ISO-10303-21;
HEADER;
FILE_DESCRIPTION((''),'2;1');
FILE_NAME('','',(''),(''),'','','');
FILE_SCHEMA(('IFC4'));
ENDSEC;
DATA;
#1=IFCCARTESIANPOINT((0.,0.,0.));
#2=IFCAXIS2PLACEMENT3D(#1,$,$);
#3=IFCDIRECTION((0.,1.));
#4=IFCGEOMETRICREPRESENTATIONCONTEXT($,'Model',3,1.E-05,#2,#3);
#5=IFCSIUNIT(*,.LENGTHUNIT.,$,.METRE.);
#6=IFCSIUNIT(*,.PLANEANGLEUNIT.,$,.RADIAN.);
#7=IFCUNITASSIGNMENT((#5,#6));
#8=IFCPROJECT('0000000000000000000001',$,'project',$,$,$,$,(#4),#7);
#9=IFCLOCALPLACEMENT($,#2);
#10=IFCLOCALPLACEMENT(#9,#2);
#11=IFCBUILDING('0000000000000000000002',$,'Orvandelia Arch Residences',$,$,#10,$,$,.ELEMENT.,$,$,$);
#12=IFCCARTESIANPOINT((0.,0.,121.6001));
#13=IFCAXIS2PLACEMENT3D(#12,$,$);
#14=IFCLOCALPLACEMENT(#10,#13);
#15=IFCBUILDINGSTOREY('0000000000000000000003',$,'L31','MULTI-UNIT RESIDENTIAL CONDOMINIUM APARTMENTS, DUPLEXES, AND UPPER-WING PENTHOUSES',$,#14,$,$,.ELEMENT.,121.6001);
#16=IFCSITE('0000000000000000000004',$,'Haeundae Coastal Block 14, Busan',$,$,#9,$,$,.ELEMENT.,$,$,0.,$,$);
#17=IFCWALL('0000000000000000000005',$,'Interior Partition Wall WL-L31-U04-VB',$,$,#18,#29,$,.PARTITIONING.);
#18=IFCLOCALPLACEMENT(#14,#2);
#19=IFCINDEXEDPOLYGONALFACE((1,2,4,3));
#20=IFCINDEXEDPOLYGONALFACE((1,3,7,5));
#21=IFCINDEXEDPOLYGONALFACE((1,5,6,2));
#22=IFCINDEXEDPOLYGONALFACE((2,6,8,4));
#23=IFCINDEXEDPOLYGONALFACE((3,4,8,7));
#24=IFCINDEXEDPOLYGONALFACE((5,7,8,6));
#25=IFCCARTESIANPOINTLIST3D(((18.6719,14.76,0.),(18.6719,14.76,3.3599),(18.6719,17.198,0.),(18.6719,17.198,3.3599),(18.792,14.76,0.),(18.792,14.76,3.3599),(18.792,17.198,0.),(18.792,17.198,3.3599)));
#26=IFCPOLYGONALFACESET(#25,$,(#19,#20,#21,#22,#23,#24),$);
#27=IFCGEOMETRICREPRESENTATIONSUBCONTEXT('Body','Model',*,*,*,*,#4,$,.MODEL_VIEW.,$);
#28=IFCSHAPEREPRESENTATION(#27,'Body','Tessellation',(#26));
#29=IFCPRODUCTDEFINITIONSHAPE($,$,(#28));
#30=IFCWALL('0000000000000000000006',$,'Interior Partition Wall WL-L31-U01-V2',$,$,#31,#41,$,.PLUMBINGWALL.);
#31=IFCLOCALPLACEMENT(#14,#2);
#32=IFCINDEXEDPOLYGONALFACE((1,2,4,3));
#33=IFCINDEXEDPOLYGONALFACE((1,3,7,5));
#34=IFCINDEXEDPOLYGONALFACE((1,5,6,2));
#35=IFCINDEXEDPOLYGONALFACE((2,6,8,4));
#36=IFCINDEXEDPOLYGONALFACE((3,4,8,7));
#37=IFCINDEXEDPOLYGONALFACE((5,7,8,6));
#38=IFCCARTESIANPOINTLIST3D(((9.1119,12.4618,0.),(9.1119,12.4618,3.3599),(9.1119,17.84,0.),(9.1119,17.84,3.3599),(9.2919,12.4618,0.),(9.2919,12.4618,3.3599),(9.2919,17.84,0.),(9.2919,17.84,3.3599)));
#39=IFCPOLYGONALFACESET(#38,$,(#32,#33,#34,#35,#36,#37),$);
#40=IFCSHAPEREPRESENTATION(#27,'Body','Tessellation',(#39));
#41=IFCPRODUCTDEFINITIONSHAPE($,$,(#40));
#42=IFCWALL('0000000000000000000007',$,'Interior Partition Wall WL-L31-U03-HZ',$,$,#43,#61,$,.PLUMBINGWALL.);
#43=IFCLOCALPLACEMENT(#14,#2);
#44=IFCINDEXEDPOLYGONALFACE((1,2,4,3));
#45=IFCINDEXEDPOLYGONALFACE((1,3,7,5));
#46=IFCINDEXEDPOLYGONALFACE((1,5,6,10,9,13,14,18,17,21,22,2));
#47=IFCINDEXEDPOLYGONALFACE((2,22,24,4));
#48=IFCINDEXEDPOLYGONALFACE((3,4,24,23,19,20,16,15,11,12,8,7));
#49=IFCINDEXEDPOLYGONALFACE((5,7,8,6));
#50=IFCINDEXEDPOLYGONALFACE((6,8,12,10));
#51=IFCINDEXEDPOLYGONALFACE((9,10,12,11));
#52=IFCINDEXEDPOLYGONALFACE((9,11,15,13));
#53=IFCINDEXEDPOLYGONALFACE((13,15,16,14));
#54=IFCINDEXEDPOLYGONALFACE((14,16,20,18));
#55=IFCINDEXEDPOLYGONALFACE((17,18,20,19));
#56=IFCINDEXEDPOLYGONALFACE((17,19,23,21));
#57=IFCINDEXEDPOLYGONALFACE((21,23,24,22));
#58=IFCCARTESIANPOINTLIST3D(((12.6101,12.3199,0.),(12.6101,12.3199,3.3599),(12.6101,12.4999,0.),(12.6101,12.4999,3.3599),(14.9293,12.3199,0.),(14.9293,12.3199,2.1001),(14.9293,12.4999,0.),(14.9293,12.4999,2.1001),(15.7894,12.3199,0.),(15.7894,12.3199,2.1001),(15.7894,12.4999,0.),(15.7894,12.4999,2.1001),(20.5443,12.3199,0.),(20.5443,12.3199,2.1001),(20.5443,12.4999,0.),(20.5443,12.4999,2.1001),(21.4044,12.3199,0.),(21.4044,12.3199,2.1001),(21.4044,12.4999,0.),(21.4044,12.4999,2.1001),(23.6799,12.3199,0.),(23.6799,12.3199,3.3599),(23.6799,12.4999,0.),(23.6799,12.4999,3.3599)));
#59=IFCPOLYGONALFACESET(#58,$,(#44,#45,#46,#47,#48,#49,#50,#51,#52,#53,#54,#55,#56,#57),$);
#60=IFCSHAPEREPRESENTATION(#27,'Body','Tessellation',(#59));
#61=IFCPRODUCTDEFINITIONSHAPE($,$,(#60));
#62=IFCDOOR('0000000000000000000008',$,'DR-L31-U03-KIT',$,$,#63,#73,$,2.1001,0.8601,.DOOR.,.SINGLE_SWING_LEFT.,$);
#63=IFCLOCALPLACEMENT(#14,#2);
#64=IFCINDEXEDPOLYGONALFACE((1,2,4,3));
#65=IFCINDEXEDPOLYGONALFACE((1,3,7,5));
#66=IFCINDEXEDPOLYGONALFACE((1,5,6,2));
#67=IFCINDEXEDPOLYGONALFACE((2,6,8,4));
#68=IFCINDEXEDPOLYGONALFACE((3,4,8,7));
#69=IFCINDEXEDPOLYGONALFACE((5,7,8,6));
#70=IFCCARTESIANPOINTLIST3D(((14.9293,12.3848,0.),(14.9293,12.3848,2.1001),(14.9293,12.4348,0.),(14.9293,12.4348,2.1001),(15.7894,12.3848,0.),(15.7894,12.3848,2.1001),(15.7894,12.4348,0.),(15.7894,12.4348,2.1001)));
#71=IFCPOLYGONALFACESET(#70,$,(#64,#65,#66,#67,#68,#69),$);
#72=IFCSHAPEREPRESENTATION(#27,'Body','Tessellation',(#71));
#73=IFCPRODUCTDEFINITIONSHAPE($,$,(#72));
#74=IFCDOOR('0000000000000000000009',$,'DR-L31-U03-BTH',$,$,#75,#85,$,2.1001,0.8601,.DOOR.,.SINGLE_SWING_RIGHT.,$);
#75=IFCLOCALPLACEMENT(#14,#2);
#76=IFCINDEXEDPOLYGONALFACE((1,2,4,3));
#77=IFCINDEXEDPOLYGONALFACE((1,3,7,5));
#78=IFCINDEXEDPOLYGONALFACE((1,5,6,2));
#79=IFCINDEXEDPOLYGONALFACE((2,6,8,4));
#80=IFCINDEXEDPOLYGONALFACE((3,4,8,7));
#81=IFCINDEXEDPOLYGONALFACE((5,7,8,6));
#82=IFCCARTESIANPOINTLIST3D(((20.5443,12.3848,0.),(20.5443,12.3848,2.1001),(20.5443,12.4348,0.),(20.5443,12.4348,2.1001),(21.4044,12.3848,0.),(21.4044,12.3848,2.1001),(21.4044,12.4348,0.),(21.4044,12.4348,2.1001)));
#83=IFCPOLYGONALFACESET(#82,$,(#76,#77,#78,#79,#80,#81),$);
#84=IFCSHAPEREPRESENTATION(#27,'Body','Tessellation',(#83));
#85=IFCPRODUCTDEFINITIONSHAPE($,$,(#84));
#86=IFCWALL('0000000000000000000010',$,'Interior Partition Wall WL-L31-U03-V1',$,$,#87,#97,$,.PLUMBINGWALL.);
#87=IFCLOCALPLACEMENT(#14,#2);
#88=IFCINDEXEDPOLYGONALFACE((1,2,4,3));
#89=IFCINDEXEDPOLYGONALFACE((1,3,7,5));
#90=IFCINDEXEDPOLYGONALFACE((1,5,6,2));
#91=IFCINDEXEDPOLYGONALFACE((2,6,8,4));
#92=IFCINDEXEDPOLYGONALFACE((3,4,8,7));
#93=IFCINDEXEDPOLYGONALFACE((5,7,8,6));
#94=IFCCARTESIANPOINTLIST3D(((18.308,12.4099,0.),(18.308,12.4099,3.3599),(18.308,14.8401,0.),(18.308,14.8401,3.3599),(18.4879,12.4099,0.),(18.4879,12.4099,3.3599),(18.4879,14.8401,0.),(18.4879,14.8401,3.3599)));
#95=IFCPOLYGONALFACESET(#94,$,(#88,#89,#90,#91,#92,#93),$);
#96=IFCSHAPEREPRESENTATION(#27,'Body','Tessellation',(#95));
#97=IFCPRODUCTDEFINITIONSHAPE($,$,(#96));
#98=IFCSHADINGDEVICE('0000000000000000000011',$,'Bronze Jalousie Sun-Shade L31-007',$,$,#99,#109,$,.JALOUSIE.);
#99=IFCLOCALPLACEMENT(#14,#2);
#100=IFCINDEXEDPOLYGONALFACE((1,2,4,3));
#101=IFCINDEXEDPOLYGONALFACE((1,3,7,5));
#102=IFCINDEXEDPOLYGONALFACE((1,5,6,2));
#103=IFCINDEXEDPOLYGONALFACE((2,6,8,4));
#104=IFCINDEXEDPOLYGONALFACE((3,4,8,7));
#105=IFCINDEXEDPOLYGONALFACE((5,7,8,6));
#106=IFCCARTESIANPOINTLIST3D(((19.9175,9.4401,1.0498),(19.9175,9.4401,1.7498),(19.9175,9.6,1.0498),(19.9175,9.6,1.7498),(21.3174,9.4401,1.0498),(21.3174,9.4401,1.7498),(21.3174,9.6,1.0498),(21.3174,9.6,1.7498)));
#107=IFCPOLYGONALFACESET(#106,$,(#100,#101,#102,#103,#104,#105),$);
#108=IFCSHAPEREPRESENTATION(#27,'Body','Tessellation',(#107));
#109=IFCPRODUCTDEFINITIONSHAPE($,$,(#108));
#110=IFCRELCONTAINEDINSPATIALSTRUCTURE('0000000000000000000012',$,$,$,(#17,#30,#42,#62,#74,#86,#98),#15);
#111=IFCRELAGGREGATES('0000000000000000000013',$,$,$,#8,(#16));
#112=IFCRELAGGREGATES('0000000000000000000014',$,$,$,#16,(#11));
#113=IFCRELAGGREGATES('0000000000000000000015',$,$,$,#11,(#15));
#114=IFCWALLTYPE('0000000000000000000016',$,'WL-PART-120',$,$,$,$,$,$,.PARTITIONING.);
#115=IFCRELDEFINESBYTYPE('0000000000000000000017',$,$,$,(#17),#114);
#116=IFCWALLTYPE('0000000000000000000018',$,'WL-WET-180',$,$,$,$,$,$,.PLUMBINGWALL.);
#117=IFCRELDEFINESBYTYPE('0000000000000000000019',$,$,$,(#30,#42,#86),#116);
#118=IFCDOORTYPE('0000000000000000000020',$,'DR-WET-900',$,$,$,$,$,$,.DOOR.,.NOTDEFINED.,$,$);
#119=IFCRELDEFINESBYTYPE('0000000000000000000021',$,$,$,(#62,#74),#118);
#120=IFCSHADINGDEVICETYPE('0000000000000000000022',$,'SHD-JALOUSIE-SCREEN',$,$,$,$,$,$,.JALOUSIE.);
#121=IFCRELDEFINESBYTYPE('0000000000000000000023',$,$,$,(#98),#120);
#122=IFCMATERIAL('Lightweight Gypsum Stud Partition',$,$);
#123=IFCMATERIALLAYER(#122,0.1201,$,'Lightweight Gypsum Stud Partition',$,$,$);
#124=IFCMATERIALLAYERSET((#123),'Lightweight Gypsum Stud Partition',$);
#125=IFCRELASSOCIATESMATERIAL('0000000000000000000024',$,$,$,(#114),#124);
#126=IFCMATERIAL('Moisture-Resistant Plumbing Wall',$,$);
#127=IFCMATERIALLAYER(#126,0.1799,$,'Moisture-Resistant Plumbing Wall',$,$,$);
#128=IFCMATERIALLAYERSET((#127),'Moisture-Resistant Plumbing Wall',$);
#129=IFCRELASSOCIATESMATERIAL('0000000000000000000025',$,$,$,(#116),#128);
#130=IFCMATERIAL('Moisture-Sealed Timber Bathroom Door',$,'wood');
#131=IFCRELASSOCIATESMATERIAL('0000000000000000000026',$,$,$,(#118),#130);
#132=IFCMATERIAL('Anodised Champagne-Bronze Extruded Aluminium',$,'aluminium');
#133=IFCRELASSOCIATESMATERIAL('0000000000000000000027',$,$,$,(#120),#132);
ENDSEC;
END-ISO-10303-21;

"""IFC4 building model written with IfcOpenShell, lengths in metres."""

from ifc_helpers import new_model, si_unit, direction, frame, frame_2d, origin, origin_2d, place, context, subcontext, project, spatial, rectangle, extrude, material, layer, layer_set, type_object, element, fill, save


model = new_model("IFC4")

# Units and contexts
model_context = context("Model", 3, precision=1e-05, world=origin(), true_north=direction((0.0, 1.0)))
body_context = subcontext(model_context, "Body", "Model", "MODEL_VIEW")
ifc_project = project(units=[si_unit("LENGTHUNIT", "METRE"), si_unit("PLANEANGLEUNIT", "RADIAN")], contexts=[model_context])

# Site, building, storey
site_placement = place(None, origin())
site = spatial("IfcSite", under=ifc_project, at=site_placement, Name="Haeundae Coastal Block 14, Busan", CompositionType="ELEMENT", RefElevation=0.0)
building_placement = place(site_placement, origin())
building = spatial("IfcBuilding", under=site, at=building_placement, Name="Orvandelia Arch Residences", CompositionType="ELEMENT")
storey_placement = place(building_placement, frame((0.0, 0.0, 121.6001)))
storey = spatial("IfcBuildingStorey", under=building, at=storey_placement, Name="L31", Description="MULTI-UNIT RESIDENTIAL CONDOMINIUM APARTMENTS, DUPLEXES, AND UPPER-WING PENTHOUSES", CompositionType="ELEMENT", Elevation=121.6001)

# Walls
ifc_material_1 = material(Name="Lightweight Gypsum Stud Partition")
ifc_layer_1 = layer(ifc_material_1, 0.1201, Name="Lightweight Gypsum Stud Partition")
ifc_layer_set_1 = layer_set([ifc_layer_1], Name="Lightweight Gypsum Stud Partition")
wall_type_1 = type_object("IfcWallType", Name="WL-PART-120", PredefinedType="PARTITIONING", material=ifc_layer_set_1)
wall_1_placement = place(storey_placement, frame((18.7319, 14.76, 0.0), z_axis=(0.0, 0.0, 1.0), x_axis=(0.0, 1.0, 0.0)))
element("IfcWall", 1, at=wall_1_placement, inside=storey, type_object=wall_type_1, Name="Interior Partition Wall WL-L31-U04-VB", PredefinedType="PARTITIONING", context=body_context, shape_type="SweptSolid", body=[
    extrude(rectangle(XDim=2.438, YDim=0.1201, at=frame_2d((1.219, 0.0))), origin(), (0.0, 0.0, 1.0), 3.3599),
])
ifc_material_2 = material(Name="Moisture-Resistant Plumbing Wall")
ifc_layer_2 = layer(ifc_material_2, 0.1799, Name="Moisture-Resistant Plumbing Wall")
ifc_layer_set_2 = layer_set([ifc_layer_2], Name="Moisture-Resistant Plumbing Wall")
wall_type_2 = type_object("IfcWallType", Name="WL-WET-180", PredefinedType="PLUMBINGWALL", material=ifc_layer_set_2)
wall_2_placement = place(storey_placement, frame((9.2019, 12.4619, 0.0), z_axis=(0.0, 0.0, 1.0), x_axis=(0.0, 1.0, 0.0)))
element("IfcWall", 2, at=wall_2_placement, inside=storey, type_object=wall_type_2, Name="Interior Partition Wall WL-L31-U01-V2", PredefinedType="PLUMBINGWALL", context=body_context, shape_type="SweptSolid", body=[
    extrude(rectangle(XDim=5.3782, YDim=0.1799, at=frame_2d((2.689, 0.0))), origin(), (0.0, 0.0, 1.0), 3.3599),
])

# Wall, openings, doors
wall_3_placement = place(storey_placement, frame((12.6101, 12.4099, 0.0), z_axis=(0.0, 0.0, 1.0), x_axis=(1.0, 0.0, 0.0)))
wall_3 = element("IfcWall", 3, at=wall_3_placement, inside=storey, type_object=wall_type_2, Name="Interior Partition Wall WL-L31-U03-HZ", PredefinedType="PLUMBINGWALL", context=body_context, shape_type="SweptSolid", body=[
    extrude(rectangle(XDim=11.0698, YDim=0.1799, at=frame_2d((5.5349, 0.0))), origin(), (0.0, 0.0, 1.0), 3.3599),
])
opening_1_placement = place(wall_3_placement, frame((2.3191, 0.0, 0.0)))
opening_1 = element("IfcOpeningElement", 4, at=opening_1_placement, cuts=wall_3, PredefinedType="OPENING", context=body_context, shape_type="SweptSolid", body=[
    extrude(rectangle(XDim=0.8601, YDim=2.1001, at=frame_2d((0.4302, 1.05))), frame((0.0, 0.1001, 0.0), z_axis=(0.0, -1.0, 0.0), x_axis=(1.0, 0.0, 0.0)), (0.0, 0.0, 1.0), 0.2),
])
opening_2_placement = place(wall_3_placement, frame((7.9341, 0.0, 0.0)))
opening_2 = element("IfcOpeningElement", 5, at=opening_2_placement, cuts=wall_3, PredefinedType="OPENING", context=body_context, shape_type="SweptSolid", body=[
    extrude(rectangle(XDim=0.8601, YDim=2.1001, at=frame_2d((0.4302, 1.05))), frame((0.0, 0.1001, 0.0), z_axis=(0.0, -1.0, 0.0), x_axis=(1.0, 0.0, 0.0)), (0.0, 0.0, 1.0), 0.2),
])
ifc_material_3 = material(Name="Moisture-Sealed Timber Bathroom Door", Category="wood")
door_type_1 = type_object("IfcDoorType", Name="DR-WET-900", OperationType="NOTDEFINED", PredefinedType="DOOR", material=ifc_material_3)
door_1_placement = place(opening_1_placement, origin())
door_1 = element("IfcDoor", 6, at=door_1_placement, inside=storey, type_object=door_type_1, Name="DR-L31-U03-KIT", OperationType="SINGLE_SWING_LEFT", OverallHeight=2.1001, OverallWidth=0.8601, PredefinedType="DOOR", context=body_context, shape_type="SweptSolid", body=[
    extrude(rectangle(XDim=0.8601, YDim=2.1001, at=frame_2d((0.4302, 1.05))), frame((0.0, 0.0249, 0.0), z_axis=(0.0, -1.0, 0.0), x_axis=(1.0, 0.0, 0.0)), (0.0, 0.0, 1.0), 0.05),
])
fill(opening_1, door_1)
door_2_placement = place(opening_2_placement, origin())
door_2 = element("IfcDoor", 7, at=door_2_placement, inside=storey, type_object=door_type_1, Name="DR-L31-U03-BTH", OperationType="SINGLE_SWING_RIGHT", OverallHeight=2.1001, OverallWidth=0.8601, PredefinedType="DOOR", context=body_context, shape_type="SweptSolid", body=[
    extrude(rectangle(XDim=0.8601, YDim=2.1001, at=frame_2d((0.4302, 1.05))), frame((0.0, 0.0249, 0.0), z_axis=(0.0, -1.0, 0.0), x_axis=(1.0, 0.0, 0.0)), (0.0, 0.0, 1.0), 0.05),
])
fill(opening_2, door_2)

# Wall
wall_4_placement = place(storey_placement, frame((18.3979, 12.4099, 0.0), z_axis=(0.0, 0.0, 1.0), x_axis=(0.0, 1.0, 0.0)))
element("IfcWall", 8, at=wall_4_placement, inside=storey, type_object=wall_type_2, Name="Interior Partition Wall WL-L31-U03-V1", PredefinedType="PLUMBINGWALL", context=body_context, shape_type="SweptSolid", body=[
    extrude(rectangle(XDim=2.4302, YDim=0.1799, at=frame_2d((1.2151, 0.0))), origin(), (0.0, 0.0, 1.0), 3.3599),
])

# Shading device
ifc_material_4 = material(Name="Anodised Champagne-Bronze Extruded Aluminium", Category="aluminium")
shading_device_type = type_object("IfcShadingDeviceType", Name="SHD-JALOUSIE-SCREEN", PredefinedType="JALOUSIE", material=ifc_material_4)
shading_device_placement = place(storey_placement, frame((20.6174, 9.52, 1.0498), z_axis=(0.0, 0.0, 1.0), x_axis=(-1.0, 0.0, 0.0)))
element("IfcShadingDevice", 9, at=shading_device_placement, inside=storey, type_object=shading_device_type, Name="Bronze Jalousie Sun-Shade L31-007", PredefinedType="JALOUSIE", context=body_context, shape_type="SweptSolid", body=[
    extrude(rectangle(XDim=1.3999, YDim=0.1599, at=origin_2d()), origin(), (0.0, 0.0, 1.0), 0.7),
])

save(model, "model.ifc")
